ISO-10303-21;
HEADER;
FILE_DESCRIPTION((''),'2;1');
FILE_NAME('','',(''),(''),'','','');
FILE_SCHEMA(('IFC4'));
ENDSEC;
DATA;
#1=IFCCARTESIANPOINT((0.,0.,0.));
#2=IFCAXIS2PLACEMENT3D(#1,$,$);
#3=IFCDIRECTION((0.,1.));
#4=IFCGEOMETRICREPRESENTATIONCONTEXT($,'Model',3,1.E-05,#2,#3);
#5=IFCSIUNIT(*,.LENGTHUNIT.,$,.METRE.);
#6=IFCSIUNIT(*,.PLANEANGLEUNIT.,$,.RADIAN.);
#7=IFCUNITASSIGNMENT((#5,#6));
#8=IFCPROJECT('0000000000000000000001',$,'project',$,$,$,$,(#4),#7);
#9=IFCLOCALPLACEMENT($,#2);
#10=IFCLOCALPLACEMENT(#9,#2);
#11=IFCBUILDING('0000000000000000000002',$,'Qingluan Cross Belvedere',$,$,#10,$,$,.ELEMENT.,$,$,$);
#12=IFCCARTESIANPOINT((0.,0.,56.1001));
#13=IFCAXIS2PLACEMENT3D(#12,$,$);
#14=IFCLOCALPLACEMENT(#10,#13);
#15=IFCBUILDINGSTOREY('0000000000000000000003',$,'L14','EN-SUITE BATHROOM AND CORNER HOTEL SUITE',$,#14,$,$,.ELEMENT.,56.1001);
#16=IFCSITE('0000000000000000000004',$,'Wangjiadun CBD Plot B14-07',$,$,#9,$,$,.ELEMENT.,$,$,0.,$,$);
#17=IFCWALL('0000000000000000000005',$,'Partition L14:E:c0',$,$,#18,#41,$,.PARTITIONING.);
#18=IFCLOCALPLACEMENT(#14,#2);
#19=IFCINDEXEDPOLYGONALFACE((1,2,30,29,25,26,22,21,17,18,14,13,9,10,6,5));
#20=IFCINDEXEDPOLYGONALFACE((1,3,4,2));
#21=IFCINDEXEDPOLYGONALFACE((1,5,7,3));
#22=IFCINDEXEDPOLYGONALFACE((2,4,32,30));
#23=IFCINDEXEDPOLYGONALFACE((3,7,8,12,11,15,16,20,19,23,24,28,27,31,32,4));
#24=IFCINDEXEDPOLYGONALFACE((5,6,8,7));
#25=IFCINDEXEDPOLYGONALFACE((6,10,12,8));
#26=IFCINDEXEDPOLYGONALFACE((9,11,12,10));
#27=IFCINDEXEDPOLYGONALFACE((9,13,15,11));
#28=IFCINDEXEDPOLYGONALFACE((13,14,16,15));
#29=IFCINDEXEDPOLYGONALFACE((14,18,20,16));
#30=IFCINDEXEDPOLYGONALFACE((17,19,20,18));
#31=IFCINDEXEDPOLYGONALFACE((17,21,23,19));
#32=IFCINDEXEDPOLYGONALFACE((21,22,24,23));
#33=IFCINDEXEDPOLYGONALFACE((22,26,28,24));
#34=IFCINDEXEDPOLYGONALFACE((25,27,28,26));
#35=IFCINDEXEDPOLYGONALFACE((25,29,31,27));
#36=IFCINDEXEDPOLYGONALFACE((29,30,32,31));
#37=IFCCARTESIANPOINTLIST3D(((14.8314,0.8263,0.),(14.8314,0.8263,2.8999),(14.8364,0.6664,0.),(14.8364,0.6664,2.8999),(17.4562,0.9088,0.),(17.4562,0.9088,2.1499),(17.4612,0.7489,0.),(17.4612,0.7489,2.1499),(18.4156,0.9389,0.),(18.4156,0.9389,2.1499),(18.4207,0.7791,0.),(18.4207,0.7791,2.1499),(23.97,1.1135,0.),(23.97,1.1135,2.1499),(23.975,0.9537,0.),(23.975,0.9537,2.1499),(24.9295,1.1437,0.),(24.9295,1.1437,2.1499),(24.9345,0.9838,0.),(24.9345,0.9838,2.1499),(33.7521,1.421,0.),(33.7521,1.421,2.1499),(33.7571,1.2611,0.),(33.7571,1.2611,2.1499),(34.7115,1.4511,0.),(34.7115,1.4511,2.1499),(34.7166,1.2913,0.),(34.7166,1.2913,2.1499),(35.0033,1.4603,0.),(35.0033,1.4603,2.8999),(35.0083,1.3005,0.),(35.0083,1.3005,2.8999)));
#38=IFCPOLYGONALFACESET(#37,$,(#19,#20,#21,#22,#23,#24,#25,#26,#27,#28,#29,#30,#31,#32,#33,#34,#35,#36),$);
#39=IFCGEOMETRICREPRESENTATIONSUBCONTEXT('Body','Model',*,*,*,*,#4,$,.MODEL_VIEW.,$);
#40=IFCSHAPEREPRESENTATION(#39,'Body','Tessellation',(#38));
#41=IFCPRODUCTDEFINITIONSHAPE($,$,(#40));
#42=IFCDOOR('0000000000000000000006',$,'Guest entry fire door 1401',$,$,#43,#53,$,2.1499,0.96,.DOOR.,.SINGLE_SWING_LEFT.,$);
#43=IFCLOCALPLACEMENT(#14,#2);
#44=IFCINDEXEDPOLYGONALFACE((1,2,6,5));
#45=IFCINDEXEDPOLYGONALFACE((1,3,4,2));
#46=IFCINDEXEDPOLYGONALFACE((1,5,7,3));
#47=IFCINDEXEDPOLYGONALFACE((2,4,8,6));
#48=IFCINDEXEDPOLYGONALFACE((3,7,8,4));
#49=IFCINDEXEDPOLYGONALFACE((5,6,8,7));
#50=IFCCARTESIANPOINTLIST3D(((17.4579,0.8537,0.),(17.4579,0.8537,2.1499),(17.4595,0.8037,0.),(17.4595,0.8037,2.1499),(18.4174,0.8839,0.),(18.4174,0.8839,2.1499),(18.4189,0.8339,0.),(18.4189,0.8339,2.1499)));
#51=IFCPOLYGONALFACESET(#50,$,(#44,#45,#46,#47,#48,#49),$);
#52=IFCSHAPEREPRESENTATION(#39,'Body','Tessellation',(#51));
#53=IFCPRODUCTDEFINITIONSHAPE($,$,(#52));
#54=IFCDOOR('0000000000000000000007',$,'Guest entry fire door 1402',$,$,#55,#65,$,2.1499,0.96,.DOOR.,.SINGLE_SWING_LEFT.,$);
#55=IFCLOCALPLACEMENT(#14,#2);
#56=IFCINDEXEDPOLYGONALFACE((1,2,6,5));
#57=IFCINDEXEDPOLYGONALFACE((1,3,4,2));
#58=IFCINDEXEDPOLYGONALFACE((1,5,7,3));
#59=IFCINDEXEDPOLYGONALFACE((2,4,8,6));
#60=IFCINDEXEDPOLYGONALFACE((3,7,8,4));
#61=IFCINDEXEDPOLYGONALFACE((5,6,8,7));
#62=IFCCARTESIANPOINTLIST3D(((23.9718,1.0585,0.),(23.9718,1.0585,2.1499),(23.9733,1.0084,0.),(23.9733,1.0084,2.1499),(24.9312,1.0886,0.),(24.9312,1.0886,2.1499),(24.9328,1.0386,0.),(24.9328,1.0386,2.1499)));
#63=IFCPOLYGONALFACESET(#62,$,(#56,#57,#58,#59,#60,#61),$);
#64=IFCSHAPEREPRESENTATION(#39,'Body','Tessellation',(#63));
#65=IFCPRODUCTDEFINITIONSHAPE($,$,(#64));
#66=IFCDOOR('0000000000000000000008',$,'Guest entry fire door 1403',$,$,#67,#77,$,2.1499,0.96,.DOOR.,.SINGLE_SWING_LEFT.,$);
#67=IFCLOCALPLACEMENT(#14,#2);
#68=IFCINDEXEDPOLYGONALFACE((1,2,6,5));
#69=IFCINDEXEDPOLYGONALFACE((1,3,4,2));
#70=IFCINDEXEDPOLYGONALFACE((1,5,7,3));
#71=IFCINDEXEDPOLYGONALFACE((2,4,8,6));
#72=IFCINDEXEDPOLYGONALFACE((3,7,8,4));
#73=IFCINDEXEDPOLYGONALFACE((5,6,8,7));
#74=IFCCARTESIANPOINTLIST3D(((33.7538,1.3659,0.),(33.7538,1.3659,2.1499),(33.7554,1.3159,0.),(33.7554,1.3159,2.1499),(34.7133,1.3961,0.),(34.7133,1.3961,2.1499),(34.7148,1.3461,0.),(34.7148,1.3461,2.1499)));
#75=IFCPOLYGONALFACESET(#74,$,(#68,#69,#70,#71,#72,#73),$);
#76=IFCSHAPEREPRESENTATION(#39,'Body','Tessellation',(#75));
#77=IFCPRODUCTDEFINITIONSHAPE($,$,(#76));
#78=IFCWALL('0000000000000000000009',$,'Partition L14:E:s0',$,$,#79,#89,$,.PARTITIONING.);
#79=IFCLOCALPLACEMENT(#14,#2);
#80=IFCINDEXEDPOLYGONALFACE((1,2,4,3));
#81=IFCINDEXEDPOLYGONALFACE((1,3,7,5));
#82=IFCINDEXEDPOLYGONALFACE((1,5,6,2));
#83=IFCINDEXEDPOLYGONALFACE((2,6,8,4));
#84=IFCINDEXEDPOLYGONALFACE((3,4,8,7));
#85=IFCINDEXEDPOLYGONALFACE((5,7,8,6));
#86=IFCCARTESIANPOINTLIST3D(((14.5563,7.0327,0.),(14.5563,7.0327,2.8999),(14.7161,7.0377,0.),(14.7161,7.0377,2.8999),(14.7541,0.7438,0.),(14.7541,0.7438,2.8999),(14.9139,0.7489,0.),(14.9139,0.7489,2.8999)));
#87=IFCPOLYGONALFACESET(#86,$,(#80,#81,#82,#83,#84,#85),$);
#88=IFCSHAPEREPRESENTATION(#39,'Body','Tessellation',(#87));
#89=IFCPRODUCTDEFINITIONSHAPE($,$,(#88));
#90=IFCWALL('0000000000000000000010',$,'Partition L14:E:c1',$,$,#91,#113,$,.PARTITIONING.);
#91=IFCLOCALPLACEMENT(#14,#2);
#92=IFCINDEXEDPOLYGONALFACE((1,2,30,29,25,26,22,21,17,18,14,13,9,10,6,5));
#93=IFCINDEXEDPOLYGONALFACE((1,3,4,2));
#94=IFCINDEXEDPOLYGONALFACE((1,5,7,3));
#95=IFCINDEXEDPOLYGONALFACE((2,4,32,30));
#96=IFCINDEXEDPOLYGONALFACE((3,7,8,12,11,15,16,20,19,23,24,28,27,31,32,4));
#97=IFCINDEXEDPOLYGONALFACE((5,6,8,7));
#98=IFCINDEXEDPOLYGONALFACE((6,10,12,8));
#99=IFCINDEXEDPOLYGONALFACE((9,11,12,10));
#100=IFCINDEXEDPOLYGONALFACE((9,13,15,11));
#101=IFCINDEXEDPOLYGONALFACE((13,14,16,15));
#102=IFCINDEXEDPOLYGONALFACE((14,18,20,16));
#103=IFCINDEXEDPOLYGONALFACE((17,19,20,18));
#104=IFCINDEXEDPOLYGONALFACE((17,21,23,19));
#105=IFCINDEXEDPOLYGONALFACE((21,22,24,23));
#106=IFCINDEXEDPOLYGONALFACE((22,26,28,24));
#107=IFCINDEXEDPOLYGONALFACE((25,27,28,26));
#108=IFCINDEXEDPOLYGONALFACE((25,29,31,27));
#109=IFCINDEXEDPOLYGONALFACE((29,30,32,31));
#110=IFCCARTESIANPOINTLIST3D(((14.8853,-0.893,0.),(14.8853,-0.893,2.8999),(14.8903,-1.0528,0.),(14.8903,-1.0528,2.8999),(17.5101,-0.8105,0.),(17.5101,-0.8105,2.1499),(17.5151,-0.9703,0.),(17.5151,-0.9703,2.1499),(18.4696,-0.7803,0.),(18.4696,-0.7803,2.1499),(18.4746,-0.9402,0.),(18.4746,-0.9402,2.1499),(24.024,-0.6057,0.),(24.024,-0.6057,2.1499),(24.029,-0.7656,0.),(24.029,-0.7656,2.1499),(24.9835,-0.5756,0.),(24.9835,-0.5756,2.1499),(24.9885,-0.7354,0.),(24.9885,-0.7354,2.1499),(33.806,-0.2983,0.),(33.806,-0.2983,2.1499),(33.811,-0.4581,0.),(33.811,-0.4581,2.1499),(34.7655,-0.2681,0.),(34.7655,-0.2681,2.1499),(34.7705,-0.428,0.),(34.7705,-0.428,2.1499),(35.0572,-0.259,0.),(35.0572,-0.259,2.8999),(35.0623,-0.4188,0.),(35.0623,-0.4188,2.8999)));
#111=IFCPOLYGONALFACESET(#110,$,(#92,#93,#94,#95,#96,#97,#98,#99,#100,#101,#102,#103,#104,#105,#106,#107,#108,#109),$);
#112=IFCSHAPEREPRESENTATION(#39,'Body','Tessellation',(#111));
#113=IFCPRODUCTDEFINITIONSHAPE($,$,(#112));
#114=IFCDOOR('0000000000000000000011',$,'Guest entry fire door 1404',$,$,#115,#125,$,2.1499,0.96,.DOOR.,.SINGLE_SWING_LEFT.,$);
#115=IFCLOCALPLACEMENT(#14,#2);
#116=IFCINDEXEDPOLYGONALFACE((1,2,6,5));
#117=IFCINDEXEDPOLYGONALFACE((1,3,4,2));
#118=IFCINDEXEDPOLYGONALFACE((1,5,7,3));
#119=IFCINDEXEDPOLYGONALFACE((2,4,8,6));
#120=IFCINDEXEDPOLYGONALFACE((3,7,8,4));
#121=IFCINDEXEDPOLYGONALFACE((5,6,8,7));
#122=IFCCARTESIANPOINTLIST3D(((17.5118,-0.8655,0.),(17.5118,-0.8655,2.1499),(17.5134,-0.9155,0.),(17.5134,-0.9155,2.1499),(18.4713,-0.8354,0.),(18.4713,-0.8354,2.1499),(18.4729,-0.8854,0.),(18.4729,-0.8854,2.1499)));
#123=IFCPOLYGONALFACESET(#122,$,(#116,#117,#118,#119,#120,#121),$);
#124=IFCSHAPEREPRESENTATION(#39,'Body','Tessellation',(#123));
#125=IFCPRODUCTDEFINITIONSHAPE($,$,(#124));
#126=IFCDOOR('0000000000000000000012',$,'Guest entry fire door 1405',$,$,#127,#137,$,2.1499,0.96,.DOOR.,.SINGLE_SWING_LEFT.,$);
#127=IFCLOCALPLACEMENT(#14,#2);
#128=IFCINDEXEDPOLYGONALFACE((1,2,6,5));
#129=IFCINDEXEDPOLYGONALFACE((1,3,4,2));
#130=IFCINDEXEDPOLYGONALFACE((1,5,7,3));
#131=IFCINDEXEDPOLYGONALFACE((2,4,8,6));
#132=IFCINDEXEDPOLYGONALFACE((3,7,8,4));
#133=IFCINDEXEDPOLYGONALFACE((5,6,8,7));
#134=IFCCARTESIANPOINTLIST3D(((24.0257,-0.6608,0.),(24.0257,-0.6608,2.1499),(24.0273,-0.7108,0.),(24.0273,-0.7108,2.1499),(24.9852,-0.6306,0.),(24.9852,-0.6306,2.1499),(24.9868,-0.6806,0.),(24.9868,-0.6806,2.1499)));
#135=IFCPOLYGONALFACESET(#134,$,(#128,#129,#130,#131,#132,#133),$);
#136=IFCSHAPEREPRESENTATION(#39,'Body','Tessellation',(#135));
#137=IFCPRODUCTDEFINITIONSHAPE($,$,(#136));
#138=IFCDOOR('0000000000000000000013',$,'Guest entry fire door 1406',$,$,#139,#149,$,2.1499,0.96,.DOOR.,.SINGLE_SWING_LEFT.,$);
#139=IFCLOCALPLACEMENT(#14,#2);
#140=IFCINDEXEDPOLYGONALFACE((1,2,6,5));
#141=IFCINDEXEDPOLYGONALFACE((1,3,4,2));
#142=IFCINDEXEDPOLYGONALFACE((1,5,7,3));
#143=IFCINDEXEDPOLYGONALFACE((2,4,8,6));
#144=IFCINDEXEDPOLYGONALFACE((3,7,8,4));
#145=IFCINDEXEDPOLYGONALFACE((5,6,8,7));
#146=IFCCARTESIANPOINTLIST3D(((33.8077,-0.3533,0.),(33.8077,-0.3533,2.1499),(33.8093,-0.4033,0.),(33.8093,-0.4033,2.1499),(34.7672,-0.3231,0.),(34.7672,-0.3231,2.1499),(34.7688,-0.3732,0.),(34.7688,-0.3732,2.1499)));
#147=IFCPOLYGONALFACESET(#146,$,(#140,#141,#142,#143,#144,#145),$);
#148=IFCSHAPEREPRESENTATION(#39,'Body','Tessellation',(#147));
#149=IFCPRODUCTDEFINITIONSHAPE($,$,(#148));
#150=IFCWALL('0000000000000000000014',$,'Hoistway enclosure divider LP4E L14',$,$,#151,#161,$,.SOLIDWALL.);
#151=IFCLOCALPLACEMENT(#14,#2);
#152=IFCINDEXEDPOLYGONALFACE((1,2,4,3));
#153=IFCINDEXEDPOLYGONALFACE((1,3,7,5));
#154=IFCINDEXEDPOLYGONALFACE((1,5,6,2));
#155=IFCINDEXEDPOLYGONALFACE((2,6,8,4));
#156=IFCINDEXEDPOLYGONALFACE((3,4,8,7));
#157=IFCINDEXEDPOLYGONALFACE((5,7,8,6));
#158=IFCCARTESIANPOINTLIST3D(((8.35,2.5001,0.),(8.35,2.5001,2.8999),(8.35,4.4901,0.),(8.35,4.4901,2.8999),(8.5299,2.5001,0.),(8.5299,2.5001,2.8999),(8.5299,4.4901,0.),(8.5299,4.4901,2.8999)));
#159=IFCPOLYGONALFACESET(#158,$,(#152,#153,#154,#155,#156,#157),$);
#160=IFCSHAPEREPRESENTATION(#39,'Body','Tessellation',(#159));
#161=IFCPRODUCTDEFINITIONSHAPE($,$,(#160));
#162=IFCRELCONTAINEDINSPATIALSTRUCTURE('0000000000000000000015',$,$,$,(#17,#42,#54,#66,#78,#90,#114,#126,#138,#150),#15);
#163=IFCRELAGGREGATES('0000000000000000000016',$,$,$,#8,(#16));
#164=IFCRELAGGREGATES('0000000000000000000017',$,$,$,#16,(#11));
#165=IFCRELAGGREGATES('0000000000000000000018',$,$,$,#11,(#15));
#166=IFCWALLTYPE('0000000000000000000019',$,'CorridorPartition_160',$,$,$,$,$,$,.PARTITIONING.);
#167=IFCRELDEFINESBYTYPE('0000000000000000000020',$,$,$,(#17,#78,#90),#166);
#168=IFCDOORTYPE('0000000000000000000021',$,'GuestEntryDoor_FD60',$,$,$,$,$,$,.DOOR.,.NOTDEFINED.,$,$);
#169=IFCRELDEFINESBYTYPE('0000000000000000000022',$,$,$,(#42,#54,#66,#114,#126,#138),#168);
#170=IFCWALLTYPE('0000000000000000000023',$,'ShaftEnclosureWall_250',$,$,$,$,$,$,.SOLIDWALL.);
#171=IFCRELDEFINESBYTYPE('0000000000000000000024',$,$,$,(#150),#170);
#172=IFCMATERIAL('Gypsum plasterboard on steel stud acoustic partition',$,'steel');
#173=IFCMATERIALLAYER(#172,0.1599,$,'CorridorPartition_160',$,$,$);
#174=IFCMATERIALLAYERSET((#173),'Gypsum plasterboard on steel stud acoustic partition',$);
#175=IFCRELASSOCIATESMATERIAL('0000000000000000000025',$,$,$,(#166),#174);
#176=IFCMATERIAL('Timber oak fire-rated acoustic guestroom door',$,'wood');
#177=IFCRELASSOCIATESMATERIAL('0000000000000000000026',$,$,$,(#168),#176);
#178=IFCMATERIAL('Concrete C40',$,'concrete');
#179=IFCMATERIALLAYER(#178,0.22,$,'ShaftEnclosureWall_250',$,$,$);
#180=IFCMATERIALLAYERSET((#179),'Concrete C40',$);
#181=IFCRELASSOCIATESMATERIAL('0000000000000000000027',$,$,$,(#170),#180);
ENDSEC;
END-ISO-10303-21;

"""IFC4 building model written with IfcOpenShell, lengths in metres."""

from ifc_helpers import new_model, si_unit, direction, frame, frame_2d, origin, place, context, subcontext, project, spatial, rectangle, extrude, material, layer, layer_set, type_object, element, fill, save


model = new_model("IFC4")

# Units and contexts
model_context = context("Model", 3, precision=1e-05, world=origin(), true_north=direction((0.0, 1.0)))
body_context = subcontext(model_context, "Body", "Model", "MODEL_VIEW")
ifc_project = project(units=[si_unit("LENGTHUNIT", "METRE"), si_unit("PLANEANGLEUNIT", "RADIAN")], contexts=[model_context])

# Site, building, storey
site_placement = place(None, origin())
site = spatial("IfcSite", under=ifc_project, at=site_placement, Name="Wangjiadun CBD Plot B14-07", CompositionType="ELEMENT", RefElevation=0.0)
building_placement = place(site_placement, origin())
building = spatial("IfcBuilding", under=site, at=building_placement, Name="Qingluan Cross Belvedere", CompositionType="ELEMENT")
storey_placement = place(building_placement, frame((0.0, 0.0, 56.1001)))
storey = spatial("IfcBuildingStorey", under=building, at=storey_placement, Name="L14", Description="EN-SUITE BATHROOM AND CORNER HOTEL SUITE", CompositionType="ELEMENT", Elevation=56.1001)

# Shared definitions
ifc_material_1 = material(Name="Gypsum plasterboard on steel stud acoustic partition", Category="steel")
ifc_layer_1 = layer(ifc_material_1, 0.1599, Name="CorridorPartition_160")
ifc_layer_set_1 = layer_set([ifc_layer_1], Name="Gypsum plasterboard on steel stud acoustic partition")
wall_type_1 = type_object("IfcWallType", Name="CorridorPartition_160", PredefinedType="PARTITIONING", material=ifc_layer_set_1)

# Wall, openings, doors
wall_1_placement = place(storey_placement, frame((14.834, 0.7463, 0.0), z_axis=(0.0, 0.0, 1.0), x_axis=(0.999506, 0.031416, 0.0)))
wall_1 = element("IfcWall", 1, at=wall_1_placement, inside=storey, type_object=wall_type_1, Name="Partition L14:E:c0", PredefinedType="PARTITIONING", context=body_context, shape_type="SweptSolid", body=[
    extrude(rectangle(XDim=20.1819, YDim=0.1599, at=frame_2d((10.0908, 0.0))), origin(), (0.0, 0.0, 1.0), 2.8999),
])
opening_1_placement = place(wall_1_placement, frame((2.626, 0.0, 0.0)))
opening_1 = element("IfcOpeningElement", 2, at=opening_1_placement, cuts=wall_1, PredefinedType="OPENING", context=body_context, shape_type="SweptSolid", body=[
    extrude(rectangle(XDim=0.96, YDim=2.1499, at=frame_2d((0.48, 1.075))), frame((0.0, 0.0898, 0.0), z_axis=(0.0, -1.0, 0.0), x_axis=(1.0, 0.0, 0.0)), (0.0, 0.0, 1.0), 0.1799),
])
opening_2_placement = place(wall_1_placement, frame((9.1431, 0.0, 0.0)))
opening_2 = element("IfcOpeningElement", 3, at=opening_2_placement, cuts=wall_1, PredefinedType="OPENING", context=body_context, shape_type="SweptSolid", body=[
    extrude(rectangle(XDim=0.96, YDim=2.1499, at=frame_2d((0.48, 1.075))), frame((0.0, 0.0898, 0.0), z_axis=(0.0, -1.0, 0.0), x_axis=(1.0, 0.0, 0.0)), (0.0, 0.0, 1.0), 0.1799),
])
opening_3_placement = place(wall_1_placement, frame((18.9299, 0.0, 0.0)))
opening_3 = element("IfcOpeningElement", 4, at=opening_3_placement, cuts=wall_1, PredefinedType="OPENING", context=body_context, shape_type="SweptSolid", body=[
    extrude(rectangle(XDim=0.96, YDim=2.1499, at=frame_2d((0.48, 1.075))), frame((0.0, 0.0898, 0.0), z_axis=(0.0, -1.0, 0.0), x_axis=(1.0, 0.0, 0.0)), (0.0, 0.0, 1.0), 0.1799),
])
ifc_material_2 = material(Name="Timber oak fire-rated acoustic guestroom door", Category="wood")
door_type_1 = type_object("IfcDoorType", Name="GuestEntryDoor_FD60", OperationType="NOTDEFINED", PredefinedType="DOOR", material=ifc_material_2)
door_1_placement = place(opening_1_placement, origin())
door_1 = element("IfcDoor", 5, at=door_1_placement, inside=storey, type_object=door_type_1, Name="Guest entry fire door 1401", OperationType="SINGLE_SWING_LEFT", OverallHeight=2.1499, OverallWidth=0.96, PredefinedType="DOOR", context=body_context, shape_type="SweptSolid", body=[
    extrude(rectangle(XDim=0.96, YDim=2.1499, at=frame_2d((0.48, 1.075))), frame((0.0, 0.0249, 0.0), z_axis=(0.0, -1.0, 0.0), x_axis=(1.0, 0.0, 0.0)), (0.0, 0.0, 1.0), 0.05),
])
fill(opening_1, door_1)
door_2_placement = place(opening_2_placement, origin())
door_2 = element("IfcDoor", 6, at=door_2_placement, inside=storey, type_object=door_type_1, Name="Guest entry fire door 1402", OperationType="SINGLE_SWING_LEFT", OverallHeight=2.1499, OverallWidth=0.96, PredefinedType="DOOR", context=body_context, shape_type="SweptSolid", body=[
    extrude(rectangle(XDim=0.96, YDim=2.1499, at=frame_2d((0.48, 1.075))), frame((0.0, 0.0249, 0.0), z_axis=(0.0, -1.0, 0.0), x_axis=(1.0, 0.0, 0.0)), (0.0, 0.0, 1.0), 0.05),
])
fill(opening_2, door_2)
door_3_placement = place(opening_3_placement, origin())
door_3 = element("IfcDoor", 7, at=door_3_placement, inside=storey, type_object=door_type_1, Name="Guest entry fire door 1403", OperationType="SINGLE_SWING_LEFT", OverallHeight=2.1499, OverallWidth=0.96, PredefinedType="DOOR", context=body_context, shape_type="SweptSolid", body=[
    extrude(rectangle(XDim=0.96, YDim=2.1499, at=frame_2d((0.48, 1.075))), frame((0.0, 0.0249, 0.0), z_axis=(0.0, -1.0, 0.0), x_axis=(1.0, 0.0, 0.0)), (0.0, 0.0, 1.0), 0.05),
])
fill(opening_3, door_3)

# Wall
wall_2_placement = place(storey_placement, frame((14.834, 0.7463, 0.0), z_axis=(0.0, 0.0, 1.0), x_axis=(-0.03143, 0.999506, 0.0)))
element("IfcWall", 8, at=wall_2_placement, inside=storey, type_object=wall_type_1, Name="Partition L14:E:s0", PredefinedType="PARTITIONING", context=body_context, shape_type="SweptSolid", body=[
    extrude(rectangle(XDim=6.292, YDim=0.1599, at=frame_2d((3.146, 0.0))), origin(), (0.0, 0.0, 1.0), 2.8999),
])

# Wall, openings, doors
wall_3_placement = place(storey_placement, frame((14.8879, -0.9729, 0.0), z_axis=(0.0, 0.0, 1.0), x_axis=(0.999506, 0.031416, 0.0)))
wall_3 = element("IfcWall", 9, at=wall_3_placement, inside=storey, type_object=wall_type_1, Name="Partition L14:E:c1", PredefinedType="PARTITIONING", context=body_context, shape_type="SweptSolid", body=[
    extrude(rectangle(XDim=20.1819, YDim=0.1599, at=frame_2d((10.0908, 0.0))), origin(), (0.0, 0.0, 1.0), 2.8999),
])
opening_4_placement = place(wall_3_placement, frame((2.626, 0.0, 0.0)))
opening_4 = element("IfcOpeningElement", 10, at=opening_4_placement, cuts=wall_3, PredefinedType="OPENING", context=body_context, shape_type="SweptSolid", body=[
    extrude(rectangle(XDim=0.96, YDim=2.1499, at=frame_2d((0.48, 1.075))), frame((0.0, 0.0898, 0.0), z_axis=(0.0, -1.0, 0.0), x_axis=(1.0, 0.0, 0.0)), (0.0, 0.0, 1.0), 0.1799),
])
opening_5_placement = place(wall_3_placement, frame((9.1431, 0.0, 0.0)))
opening_5 = element("IfcOpeningElement", 11, at=opening_5_placement, cuts=wall_3, PredefinedType="OPENING", context=body_context, shape_type="SweptSolid", body=[
    extrude(rectangle(XDim=0.96, YDim=2.1499, at=frame_2d((0.48, 1.075))), frame((0.0, 0.0898, 0.0), z_axis=(0.0, -1.0, 0.0), x_axis=(1.0, 0.0, 0.0)), (0.0, 0.0, 1.0), 0.1799),
])
opening_6_placement = place(wall_3_placement, frame((18.9299, 0.0, 0.0)))
opening_6 = element("IfcOpeningElement", 12, at=opening_6_placement, cuts=wall_3, PredefinedType="OPENING", context=body_context, shape_type="SweptSolid", body=[
    extrude(rectangle(XDim=0.96, YDim=2.1499, at=frame_2d((0.48, 1.075))), frame((0.0, 0.0898, 0.0), z_axis=(0.0, -1.0, 0.0), x_axis=(1.0, 0.0, 0.0)), (0.0, 0.0, 1.0), 0.1799),
])
door_4_placement = place(opening_4_placement, origin())
door_4 = element("IfcDoor", 13, at=door_4_placement, inside=storey, type_object=door_type_1, Name="Guest entry fire door 1404", OperationType="SINGLE_SWING_LEFT", OverallHeight=2.1499, OverallWidth=0.96, PredefinedType="DOOR", context=body_context, shape_type="SweptSolid", body=[
    extrude(rectangle(XDim=0.96, YDim=2.1499, at=frame_2d((0.48, 1.075))), frame((0.0, 0.0249, 0.0), z_axis=(0.0, -1.0, 0.0), x_axis=(1.0, 0.0, 0.0)), (0.0, 0.0, 1.0), 0.05),
])
fill(opening_4, door_4)
door_5_placement = place(opening_5_placement, origin())
door_5 = element("IfcDoor", 14, at=door_5_placement, inside=storey, type_object=door_type_1, Name="Guest entry fire door 1405", OperationType="SINGLE_SWING_LEFT", OverallHeight=2.1499, OverallWidth=0.96, PredefinedType="DOOR", context=body_context, shape_type="SweptSolid", body=[
    extrude(rectangle(XDim=0.96, YDim=2.1499, at=frame_2d((0.48, 1.075))), frame((0.0, 0.0249, 0.0), z_axis=(0.0, -1.0, 0.0), x_axis=(1.0, 0.0, 0.0)), (0.0, 0.0, 1.0), 0.05),
])
fill(opening_5, door_5)
door_6_placement = place(opening_6_placement, origin())
door_6 = element("IfcDoor", 15, at=door_6_placement, inside=storey, type_object=door_type_1, Name="Guest entry fire door 1406", OperationType="SINGLE_SWING_LEFT", OverallHeight=2.1499, OverallWidth=0.96, PredefinedType="DOOR", context=body_context, shape_type="SweptSolid", body=[
    extrude(rectangle(XDim=0.96, YDim=2.1499, at=frame_2d((0.48, 1.075))), frame((0.0, 0.0249, 0.0), z_axis=(0.0, -1.0, 0.0), x_axis=(1.0, 0.0, 0.0)), (0.0, 0.0, 1.0), 0.05),
])
fill(opening_6, door_6)

# Wall
ifc_material_3 = material(Name="Concrete C40", Category="concrete")
ifc_layer_2 = layer(ifc_material_3, 0.22, Name="ShaftEnclosureWall_250")
ifc_layer_set_2 = layer_set([ifc_layer_2], Name="Concrete C40")
wall_type_2 = type_object("IfcWallType", Name="ShaftEnclosureWall_250", PredefinedType="SOLIDWALL", material=ifc_layer_set_2)
for number, where, z_axis, x_axis, name in (
    (16, (8.4399, 2.5, 0.0), (0.0, 0.0, 1.0), (0.0, 1.0, 0.0), "Hoistway enclosure divider LP4E L14"),
):
    element("IfcWall", number, at=place(storey_placement, frame(where, z_axis=z_axis, x_axis=x_axis)), inside=storey, type_object=wall_type_2, Name=name, PredefinedType="SOLIDWALL", context=body_context, shape_type="SweptSolid", body=[
        extrude(rectangle(XDim=1.99, YDim=0.1799, at=frame_2d((0.9951, 0.0))), origin(), (0.0, 0.0, 1.0), 2.8999),
    ])

save(model, "model.ifc")
